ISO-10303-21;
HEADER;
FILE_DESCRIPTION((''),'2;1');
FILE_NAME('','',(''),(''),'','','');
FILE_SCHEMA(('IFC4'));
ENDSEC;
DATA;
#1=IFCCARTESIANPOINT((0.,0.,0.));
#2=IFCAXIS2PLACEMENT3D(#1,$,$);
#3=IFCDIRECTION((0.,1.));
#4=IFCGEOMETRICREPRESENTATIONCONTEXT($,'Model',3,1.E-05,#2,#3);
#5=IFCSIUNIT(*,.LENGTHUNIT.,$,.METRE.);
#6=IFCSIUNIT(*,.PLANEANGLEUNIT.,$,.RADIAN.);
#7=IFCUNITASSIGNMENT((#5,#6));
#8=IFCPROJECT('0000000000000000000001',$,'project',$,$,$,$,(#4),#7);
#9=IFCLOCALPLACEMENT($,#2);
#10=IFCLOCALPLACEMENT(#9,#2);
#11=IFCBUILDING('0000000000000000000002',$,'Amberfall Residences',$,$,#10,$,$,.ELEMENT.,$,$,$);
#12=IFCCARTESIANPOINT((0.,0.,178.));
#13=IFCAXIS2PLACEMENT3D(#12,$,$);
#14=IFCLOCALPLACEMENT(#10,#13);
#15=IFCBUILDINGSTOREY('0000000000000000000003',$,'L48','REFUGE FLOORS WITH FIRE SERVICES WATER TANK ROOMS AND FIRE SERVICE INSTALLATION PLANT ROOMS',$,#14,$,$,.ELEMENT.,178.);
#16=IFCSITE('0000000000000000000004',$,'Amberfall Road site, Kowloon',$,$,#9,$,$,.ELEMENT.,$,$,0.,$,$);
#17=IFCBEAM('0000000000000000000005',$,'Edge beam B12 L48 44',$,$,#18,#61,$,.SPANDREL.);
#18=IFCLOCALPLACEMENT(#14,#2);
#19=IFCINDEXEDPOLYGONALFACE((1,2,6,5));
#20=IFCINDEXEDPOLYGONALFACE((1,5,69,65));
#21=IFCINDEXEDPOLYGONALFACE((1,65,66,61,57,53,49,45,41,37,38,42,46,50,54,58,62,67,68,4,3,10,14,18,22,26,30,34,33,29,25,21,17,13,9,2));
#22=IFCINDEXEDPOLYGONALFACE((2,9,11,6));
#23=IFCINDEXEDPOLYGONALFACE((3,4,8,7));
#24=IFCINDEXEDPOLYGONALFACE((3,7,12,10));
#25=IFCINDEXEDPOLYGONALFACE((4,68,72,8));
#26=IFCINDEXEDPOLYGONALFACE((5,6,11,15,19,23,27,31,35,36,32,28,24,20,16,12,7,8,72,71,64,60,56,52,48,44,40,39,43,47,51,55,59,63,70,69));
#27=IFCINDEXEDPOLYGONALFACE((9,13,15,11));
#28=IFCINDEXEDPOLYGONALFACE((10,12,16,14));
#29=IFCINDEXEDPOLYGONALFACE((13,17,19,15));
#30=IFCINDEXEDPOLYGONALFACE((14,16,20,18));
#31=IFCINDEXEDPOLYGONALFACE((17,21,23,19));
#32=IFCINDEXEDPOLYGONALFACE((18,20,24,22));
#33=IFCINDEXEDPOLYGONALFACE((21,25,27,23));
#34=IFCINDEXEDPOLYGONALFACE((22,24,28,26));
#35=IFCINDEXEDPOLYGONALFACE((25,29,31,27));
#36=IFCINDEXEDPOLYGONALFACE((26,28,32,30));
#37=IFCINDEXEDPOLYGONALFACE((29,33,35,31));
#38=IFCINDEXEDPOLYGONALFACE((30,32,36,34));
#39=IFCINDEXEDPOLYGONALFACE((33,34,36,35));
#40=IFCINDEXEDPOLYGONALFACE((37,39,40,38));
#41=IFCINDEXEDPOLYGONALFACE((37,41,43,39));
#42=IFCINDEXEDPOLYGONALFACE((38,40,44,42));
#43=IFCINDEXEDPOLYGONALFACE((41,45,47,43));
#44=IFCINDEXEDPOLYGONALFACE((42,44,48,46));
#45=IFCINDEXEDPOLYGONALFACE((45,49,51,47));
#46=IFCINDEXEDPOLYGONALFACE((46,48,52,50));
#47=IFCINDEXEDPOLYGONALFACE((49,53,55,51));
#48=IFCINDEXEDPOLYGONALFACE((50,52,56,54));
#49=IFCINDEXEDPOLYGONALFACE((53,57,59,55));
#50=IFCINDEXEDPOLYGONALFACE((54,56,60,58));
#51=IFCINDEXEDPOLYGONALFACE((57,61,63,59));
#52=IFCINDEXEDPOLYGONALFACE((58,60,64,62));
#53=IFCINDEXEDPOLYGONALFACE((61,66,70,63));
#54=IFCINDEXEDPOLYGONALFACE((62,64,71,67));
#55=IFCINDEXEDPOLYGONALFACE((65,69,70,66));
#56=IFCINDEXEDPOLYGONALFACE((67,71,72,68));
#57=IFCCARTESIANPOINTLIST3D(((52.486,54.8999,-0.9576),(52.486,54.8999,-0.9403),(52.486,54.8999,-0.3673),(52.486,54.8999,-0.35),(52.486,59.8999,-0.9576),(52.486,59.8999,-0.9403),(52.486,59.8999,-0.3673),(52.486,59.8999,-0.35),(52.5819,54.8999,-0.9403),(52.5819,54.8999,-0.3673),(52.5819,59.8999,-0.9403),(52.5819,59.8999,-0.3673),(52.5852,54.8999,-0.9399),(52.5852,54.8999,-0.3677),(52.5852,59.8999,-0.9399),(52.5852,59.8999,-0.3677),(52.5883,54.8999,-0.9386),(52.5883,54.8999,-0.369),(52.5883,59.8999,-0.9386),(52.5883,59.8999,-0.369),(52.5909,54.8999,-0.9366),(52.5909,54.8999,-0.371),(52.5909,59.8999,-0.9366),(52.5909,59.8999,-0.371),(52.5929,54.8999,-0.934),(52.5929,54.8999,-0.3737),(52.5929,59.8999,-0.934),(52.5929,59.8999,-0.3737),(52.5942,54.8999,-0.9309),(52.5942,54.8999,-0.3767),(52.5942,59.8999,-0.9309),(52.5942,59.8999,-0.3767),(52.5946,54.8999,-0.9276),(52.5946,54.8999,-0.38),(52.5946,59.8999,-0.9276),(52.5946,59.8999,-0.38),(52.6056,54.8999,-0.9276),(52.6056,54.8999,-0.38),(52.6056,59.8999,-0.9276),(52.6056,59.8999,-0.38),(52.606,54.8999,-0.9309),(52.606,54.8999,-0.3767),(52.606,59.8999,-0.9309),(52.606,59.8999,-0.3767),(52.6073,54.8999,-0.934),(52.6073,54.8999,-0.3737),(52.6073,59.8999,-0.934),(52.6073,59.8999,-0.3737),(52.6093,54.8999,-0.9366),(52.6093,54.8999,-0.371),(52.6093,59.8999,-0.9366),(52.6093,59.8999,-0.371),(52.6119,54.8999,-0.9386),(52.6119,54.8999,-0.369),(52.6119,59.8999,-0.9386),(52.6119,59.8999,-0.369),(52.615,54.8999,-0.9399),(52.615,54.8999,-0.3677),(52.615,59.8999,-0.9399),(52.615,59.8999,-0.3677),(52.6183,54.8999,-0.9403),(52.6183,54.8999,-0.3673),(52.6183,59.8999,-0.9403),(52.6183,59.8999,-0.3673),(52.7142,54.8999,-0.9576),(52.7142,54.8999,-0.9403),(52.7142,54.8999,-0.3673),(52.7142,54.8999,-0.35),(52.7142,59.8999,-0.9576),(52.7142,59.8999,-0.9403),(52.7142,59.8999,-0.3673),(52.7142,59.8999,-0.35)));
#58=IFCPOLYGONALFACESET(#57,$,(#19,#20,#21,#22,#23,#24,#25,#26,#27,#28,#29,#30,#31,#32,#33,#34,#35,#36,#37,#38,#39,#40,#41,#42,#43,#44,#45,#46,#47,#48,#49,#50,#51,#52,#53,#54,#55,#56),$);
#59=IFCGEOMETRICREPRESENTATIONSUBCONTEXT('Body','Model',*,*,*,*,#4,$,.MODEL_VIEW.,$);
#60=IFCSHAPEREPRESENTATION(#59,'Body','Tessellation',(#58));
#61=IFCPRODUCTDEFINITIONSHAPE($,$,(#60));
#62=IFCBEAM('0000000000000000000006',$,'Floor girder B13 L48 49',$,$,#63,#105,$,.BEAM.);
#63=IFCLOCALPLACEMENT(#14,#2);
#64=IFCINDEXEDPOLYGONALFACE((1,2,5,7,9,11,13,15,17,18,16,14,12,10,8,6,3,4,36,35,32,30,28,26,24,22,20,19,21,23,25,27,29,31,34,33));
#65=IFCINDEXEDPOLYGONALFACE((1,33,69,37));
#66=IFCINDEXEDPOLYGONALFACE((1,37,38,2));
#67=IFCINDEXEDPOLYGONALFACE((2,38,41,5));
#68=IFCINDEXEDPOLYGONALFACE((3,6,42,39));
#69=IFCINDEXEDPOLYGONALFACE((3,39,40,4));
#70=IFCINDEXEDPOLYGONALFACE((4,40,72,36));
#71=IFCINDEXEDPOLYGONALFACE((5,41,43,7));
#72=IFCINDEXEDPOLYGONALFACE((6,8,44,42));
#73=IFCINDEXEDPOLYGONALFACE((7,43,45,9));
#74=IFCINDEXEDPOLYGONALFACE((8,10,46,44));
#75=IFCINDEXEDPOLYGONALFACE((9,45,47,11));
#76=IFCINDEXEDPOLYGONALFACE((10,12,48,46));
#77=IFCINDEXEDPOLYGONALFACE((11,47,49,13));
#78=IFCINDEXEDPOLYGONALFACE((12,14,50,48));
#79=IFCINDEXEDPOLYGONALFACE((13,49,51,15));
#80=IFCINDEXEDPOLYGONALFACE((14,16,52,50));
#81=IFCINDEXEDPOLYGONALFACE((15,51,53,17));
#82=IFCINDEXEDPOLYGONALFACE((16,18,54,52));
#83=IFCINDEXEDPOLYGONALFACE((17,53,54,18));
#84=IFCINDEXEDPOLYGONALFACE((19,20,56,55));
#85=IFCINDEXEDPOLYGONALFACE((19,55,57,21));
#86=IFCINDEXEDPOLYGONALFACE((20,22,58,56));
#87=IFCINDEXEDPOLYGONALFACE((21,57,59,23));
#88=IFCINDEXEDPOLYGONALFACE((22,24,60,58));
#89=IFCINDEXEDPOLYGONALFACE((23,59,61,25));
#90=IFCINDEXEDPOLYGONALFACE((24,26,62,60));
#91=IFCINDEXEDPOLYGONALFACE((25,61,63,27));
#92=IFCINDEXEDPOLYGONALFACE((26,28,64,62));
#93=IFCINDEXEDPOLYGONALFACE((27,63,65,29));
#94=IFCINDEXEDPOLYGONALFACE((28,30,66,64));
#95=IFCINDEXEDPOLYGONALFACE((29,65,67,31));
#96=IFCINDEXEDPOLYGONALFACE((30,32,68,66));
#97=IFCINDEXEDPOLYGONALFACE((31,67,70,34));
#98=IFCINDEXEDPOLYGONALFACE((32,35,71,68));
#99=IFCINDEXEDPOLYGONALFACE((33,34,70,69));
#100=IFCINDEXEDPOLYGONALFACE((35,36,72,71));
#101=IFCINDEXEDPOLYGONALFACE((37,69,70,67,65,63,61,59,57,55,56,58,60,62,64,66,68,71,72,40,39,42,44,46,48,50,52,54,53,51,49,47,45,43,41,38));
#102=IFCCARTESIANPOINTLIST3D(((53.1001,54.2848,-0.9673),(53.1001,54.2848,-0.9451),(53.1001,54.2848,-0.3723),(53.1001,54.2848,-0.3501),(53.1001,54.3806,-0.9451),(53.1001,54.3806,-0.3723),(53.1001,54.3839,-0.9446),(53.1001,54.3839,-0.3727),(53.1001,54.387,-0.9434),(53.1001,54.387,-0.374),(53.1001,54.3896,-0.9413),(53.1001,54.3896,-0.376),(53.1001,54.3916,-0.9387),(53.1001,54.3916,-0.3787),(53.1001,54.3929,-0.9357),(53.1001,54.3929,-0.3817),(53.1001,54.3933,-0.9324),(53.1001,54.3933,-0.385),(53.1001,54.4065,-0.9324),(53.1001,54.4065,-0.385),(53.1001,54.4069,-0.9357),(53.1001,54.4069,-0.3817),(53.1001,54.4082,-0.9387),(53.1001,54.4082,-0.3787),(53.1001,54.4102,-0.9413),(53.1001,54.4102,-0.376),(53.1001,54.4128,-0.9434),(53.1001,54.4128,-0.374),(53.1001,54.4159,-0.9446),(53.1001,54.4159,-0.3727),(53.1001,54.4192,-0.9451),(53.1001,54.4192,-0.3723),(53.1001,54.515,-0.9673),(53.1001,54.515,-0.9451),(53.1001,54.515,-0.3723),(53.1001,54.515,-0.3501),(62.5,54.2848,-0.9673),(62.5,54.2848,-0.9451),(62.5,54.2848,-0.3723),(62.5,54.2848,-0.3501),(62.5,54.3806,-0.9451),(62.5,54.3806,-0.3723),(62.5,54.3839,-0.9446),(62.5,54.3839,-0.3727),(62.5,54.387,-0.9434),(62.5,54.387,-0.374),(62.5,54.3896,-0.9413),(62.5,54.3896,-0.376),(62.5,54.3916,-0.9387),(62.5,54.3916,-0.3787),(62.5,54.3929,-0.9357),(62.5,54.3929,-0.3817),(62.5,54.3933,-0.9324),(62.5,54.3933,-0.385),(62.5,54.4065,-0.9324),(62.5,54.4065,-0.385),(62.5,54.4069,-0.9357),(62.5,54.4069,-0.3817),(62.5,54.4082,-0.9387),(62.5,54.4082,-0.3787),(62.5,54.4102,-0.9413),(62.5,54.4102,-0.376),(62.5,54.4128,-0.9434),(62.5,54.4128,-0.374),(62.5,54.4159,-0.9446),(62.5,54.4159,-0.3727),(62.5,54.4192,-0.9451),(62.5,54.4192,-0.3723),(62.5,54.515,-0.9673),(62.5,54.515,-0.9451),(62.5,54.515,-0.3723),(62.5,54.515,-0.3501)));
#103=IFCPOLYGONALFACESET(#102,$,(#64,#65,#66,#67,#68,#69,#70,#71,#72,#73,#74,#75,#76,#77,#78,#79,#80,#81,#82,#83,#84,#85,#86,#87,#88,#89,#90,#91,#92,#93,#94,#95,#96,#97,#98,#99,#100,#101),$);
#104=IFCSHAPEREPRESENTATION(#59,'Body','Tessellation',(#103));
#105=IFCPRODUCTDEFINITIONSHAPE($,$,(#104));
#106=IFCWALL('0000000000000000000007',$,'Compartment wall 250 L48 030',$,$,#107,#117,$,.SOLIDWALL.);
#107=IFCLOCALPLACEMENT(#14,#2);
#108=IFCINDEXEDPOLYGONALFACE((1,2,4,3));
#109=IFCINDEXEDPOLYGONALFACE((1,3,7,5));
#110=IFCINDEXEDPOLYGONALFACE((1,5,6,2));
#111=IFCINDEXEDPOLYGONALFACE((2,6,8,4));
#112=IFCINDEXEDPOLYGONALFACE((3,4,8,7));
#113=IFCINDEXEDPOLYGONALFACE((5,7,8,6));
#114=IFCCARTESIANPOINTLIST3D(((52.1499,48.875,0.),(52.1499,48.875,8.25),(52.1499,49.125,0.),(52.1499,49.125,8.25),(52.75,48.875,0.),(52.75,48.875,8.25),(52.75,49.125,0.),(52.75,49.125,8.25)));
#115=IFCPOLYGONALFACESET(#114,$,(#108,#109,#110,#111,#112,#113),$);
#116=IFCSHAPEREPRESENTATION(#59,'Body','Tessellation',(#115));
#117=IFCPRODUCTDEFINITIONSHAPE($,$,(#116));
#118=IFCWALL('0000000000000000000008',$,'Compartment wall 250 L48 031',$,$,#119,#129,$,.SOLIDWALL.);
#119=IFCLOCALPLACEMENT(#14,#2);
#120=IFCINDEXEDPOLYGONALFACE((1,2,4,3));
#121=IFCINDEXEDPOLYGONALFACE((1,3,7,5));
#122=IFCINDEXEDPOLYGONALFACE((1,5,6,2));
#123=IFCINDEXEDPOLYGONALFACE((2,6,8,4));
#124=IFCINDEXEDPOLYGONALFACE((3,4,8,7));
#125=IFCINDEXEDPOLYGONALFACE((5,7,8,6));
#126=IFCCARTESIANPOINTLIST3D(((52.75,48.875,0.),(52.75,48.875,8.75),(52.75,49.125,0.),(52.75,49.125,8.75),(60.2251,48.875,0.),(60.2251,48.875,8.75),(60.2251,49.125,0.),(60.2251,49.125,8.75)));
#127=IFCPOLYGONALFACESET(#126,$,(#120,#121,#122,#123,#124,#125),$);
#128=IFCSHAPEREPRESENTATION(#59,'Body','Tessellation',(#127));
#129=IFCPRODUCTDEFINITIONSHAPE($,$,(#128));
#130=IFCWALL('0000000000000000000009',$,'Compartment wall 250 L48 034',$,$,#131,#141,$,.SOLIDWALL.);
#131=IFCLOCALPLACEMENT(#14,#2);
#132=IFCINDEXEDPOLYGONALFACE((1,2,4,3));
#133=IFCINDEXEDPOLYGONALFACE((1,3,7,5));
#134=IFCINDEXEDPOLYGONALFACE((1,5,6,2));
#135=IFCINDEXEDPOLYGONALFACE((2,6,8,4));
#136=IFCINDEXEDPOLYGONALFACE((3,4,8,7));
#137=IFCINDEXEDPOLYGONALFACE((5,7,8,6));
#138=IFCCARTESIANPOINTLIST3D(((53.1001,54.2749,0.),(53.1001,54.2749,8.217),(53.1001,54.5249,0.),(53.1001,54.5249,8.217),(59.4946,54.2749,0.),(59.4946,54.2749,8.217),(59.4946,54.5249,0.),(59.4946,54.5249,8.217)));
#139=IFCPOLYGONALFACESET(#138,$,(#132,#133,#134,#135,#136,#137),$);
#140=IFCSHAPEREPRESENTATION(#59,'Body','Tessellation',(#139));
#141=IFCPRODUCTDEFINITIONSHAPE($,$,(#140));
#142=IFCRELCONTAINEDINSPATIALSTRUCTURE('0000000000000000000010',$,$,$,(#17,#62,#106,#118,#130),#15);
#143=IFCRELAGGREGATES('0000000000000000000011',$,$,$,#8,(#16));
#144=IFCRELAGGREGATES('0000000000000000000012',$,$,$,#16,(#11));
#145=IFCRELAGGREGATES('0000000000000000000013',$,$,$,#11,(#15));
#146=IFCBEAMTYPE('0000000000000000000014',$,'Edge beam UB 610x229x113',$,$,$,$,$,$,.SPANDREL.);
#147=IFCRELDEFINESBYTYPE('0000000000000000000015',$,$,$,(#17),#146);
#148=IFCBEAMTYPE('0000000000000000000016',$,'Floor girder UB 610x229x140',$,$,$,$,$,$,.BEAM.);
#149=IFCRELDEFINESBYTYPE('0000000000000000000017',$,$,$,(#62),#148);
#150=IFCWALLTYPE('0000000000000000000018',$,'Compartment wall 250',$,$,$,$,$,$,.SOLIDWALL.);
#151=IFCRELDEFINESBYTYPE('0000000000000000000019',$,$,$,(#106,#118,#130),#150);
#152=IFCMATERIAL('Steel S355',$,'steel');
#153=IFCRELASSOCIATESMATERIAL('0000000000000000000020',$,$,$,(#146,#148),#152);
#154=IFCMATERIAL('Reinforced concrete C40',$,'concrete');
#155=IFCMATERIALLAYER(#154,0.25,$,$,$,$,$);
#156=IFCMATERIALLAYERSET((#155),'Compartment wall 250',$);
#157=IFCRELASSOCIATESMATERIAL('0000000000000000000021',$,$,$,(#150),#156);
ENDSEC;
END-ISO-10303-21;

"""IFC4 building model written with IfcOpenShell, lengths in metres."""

from ifc_helpers import new_model, si_unit, direction, frame, frame_2d, origin, origin_2d, place, context, subcontext, project, spatial, rectangle, i_section, extrude, material, layer, layer_set, material_profile, profile_set, type_object, element, save


model = new_model("IFC4")

# Units and contexts
model_context = context("Model", 3, precision=1e-05, world=origin(), true_north=direction((0.0, 1.0)))
body_context = subcontext(model_context, "Body", "Model", "MODEL_VIEW")
ifc_project = project(units=[si_unit("LENGTHUNIT", "METRE"), si_unit("PLANEANGLEUNIT", "RADIAN")], contexts=[model_context])

# Site, building, storey
site_placement = place(None, origin())
site = spatial("IfcSite", under=ifc_project, at=site_placement, Name="Amberfall Road site, Kowloon", CompositionType="ELEMENT", RefElevation=0.0)
building_placement = place(site_placement, origin())
building = spatial("IfcBuilding", under=site, at=building_placement, Name="Amberfall Residences", CompositionType="ELEMENT")
storey_placement = place(building_placement, frame((0.0, 0.0, 178.0)))
storey = spatial("IfcBuildingStorey", under=building, at=storey_placement, Name="L48", Description="REFUGE FLOORS WITH FIRE SERVICES WATER TANK ROOMS AND FIRE SERVICE INSTALLATION PLANT ROOMS", CompositionType="ELEMENT", Elevation=178.0)

# Shared definitions
ifc_material_1 = material(Name="Steel S355", Category="steel")

# Beams
ifc_material_profile_1 = material_profile(ifc_material_1, i_section(OverallWidth=0.2283, OverallDepth=0.6077, WebThickness=0.011, FlangeThickness=0.0173, FilletRadius=0.0127, at=origin_2d()), Name="UB 610x229x113")
ifc_profile_set_1 = profile_set([ifc_material_profile_1], Name="Steel S355")
beam_type_1 = type_object("IfcBeamType", Name="Edge beam UB 610x229x113", PredefinedType="SPANDREL", material=ifc_profile_set_1)
for number, where, z_axis, x_axis, name in (
    (1, (52.6001, 54.8999, -0.6538), (0.0, 1.0, 0.0), (-1.0, 0.0, 0.0), "Edge beam B12 L48 44"),
):
    element("IfcBeam", number, at=place(storey_placement, frame(where, z_axis=z_axis, x_axis=x_axis)), inside=storey, type_object=beam_type_1, Name=name, PredefinedType="SPANDREL", context=body_context, shape_type="SweptSolid", body=[
        extrude(i_section(OverallWidth=0.2283, OverallDepth=0.6077, WebThickness=0.011, FlangeThickness=0.0173, FilletRadius=0.0127, at=origin_2d()), origin(), (0.0, 0.0, 1.0), 5.0),
    ])
ifc_material_profile_2 = material_profile(ifc_material_1, i_section(OverallWidth=0.2302, OverallDepth=0.6172, WebThickness=0.0132, FlangeThickness=0.0222, FilletRadius=0.0127, at=origin_2d()), Name="UB 610x229x140")
ifc_profile_set_2 = profile_set([ifc_material_profile_2], Name="Steel S355")
beam_type_2 = type_object("IfcBeamType", Name="Floor girder UB 610x229x140", PredefinedType="BEAM", material=ifc_profile_set_2)
beam_placement = place(storey_placement, frame((53.1001, 54.3999, -0.6587), z_axis=(1.0, 0.0, 0.0), x_axis=(0.0, 1.0, 0.0)))
element("IfcBeam", 2, at=beam_placement, inside=storey, type_object=beam_type_2, Name="Floor girder B13 L48 49", PredefinedType="BEAM", context=body_context, shape_type="SweptSolid", body=[
    extrude(i_section(OverallWidth=0.2302, OverallDepth=0.6172, WebThickness=0.0132, FlangeThickness=0.0222, FilletRadius=0.0127, at=origin_2d()), origin(), (0.0, 0.0, 1.0), 9.3999),
])

# Walls
ifc_material_2 = material(Name="Reinforced concrete C40", Category="concrete")
ifc_layer = layer(ifc_material_2, 0.25)
ifc_layer_set = layer_set([ifc_layer], Name="Compartment wall 250")
wall_type = type_object("IfcWallType", Name="Compartment wall 250", PredefinedType="SOLIDWALL", material=ifc_layer_set)
wall_1_placement = place(storey_placement, frame((52.1499, 49.0, 0.0), z_axis=(0.0, 0.0, 1.0), x_axis=(1.0, 0.0, 0.0)))
element("IfcWall", 3, at=wall_1_placement, inside=storey, type_object=wall_type, Name="Compartment wall 250 L48 030", PredefinedType="SOLIDWALL", context=body_context, shape_type="SweptSolid", body=[
    extrude(rectangle(XDim=0.6001, YDim=0.25, at=frame_2d((0.3, 0.0))), origin(), (0.0, 0.0, 1.0), 8.25),
])
wall_2_placement = place(storey_placement, frame((52.75, 49.0, 0.0), z_axis=(0.0, 0.0, 1.0), x_axis=(1.0, 0.0, 0.0)))
element("IfcWall", 4, at=wall_2_placement, inside=storey, type_object=wall_type, Name="Compartment wall 250 L48 031", PredefinedType="SOLIDWALL", context=body_context, shape_type="SweptSolid", body=[
    extrude(rectangle(XDim=7.4751, YDim=0.25, at=frame_2d((3.7375, 0.0))), origin(), (0.0, 0.0, 1.0), 8.75),
])
wall_3_placement = place(storey_placement, frame((53.1001, 54.3999, 0.0), z_axis=(0.0, 0.0, 1.0), x_axis=(1.0, 0.0, 0.0)))
element("IfcWall", 5, at=wall_3_placement, inside=storey, type_object=wall_type, Name="Compartment wall 250 L48 034", PredefinedType="SOLIDWALL", context=body_context, shape_type="SweptSolid", body=[
    extrude(rectangle(XDim=6.3945, YDim=0.25, at=frame_2d((3.1973, 0.0))), origin(), (0.0, 0.0, 1.0), 8.217),
])

save(model, "model.ifc")
